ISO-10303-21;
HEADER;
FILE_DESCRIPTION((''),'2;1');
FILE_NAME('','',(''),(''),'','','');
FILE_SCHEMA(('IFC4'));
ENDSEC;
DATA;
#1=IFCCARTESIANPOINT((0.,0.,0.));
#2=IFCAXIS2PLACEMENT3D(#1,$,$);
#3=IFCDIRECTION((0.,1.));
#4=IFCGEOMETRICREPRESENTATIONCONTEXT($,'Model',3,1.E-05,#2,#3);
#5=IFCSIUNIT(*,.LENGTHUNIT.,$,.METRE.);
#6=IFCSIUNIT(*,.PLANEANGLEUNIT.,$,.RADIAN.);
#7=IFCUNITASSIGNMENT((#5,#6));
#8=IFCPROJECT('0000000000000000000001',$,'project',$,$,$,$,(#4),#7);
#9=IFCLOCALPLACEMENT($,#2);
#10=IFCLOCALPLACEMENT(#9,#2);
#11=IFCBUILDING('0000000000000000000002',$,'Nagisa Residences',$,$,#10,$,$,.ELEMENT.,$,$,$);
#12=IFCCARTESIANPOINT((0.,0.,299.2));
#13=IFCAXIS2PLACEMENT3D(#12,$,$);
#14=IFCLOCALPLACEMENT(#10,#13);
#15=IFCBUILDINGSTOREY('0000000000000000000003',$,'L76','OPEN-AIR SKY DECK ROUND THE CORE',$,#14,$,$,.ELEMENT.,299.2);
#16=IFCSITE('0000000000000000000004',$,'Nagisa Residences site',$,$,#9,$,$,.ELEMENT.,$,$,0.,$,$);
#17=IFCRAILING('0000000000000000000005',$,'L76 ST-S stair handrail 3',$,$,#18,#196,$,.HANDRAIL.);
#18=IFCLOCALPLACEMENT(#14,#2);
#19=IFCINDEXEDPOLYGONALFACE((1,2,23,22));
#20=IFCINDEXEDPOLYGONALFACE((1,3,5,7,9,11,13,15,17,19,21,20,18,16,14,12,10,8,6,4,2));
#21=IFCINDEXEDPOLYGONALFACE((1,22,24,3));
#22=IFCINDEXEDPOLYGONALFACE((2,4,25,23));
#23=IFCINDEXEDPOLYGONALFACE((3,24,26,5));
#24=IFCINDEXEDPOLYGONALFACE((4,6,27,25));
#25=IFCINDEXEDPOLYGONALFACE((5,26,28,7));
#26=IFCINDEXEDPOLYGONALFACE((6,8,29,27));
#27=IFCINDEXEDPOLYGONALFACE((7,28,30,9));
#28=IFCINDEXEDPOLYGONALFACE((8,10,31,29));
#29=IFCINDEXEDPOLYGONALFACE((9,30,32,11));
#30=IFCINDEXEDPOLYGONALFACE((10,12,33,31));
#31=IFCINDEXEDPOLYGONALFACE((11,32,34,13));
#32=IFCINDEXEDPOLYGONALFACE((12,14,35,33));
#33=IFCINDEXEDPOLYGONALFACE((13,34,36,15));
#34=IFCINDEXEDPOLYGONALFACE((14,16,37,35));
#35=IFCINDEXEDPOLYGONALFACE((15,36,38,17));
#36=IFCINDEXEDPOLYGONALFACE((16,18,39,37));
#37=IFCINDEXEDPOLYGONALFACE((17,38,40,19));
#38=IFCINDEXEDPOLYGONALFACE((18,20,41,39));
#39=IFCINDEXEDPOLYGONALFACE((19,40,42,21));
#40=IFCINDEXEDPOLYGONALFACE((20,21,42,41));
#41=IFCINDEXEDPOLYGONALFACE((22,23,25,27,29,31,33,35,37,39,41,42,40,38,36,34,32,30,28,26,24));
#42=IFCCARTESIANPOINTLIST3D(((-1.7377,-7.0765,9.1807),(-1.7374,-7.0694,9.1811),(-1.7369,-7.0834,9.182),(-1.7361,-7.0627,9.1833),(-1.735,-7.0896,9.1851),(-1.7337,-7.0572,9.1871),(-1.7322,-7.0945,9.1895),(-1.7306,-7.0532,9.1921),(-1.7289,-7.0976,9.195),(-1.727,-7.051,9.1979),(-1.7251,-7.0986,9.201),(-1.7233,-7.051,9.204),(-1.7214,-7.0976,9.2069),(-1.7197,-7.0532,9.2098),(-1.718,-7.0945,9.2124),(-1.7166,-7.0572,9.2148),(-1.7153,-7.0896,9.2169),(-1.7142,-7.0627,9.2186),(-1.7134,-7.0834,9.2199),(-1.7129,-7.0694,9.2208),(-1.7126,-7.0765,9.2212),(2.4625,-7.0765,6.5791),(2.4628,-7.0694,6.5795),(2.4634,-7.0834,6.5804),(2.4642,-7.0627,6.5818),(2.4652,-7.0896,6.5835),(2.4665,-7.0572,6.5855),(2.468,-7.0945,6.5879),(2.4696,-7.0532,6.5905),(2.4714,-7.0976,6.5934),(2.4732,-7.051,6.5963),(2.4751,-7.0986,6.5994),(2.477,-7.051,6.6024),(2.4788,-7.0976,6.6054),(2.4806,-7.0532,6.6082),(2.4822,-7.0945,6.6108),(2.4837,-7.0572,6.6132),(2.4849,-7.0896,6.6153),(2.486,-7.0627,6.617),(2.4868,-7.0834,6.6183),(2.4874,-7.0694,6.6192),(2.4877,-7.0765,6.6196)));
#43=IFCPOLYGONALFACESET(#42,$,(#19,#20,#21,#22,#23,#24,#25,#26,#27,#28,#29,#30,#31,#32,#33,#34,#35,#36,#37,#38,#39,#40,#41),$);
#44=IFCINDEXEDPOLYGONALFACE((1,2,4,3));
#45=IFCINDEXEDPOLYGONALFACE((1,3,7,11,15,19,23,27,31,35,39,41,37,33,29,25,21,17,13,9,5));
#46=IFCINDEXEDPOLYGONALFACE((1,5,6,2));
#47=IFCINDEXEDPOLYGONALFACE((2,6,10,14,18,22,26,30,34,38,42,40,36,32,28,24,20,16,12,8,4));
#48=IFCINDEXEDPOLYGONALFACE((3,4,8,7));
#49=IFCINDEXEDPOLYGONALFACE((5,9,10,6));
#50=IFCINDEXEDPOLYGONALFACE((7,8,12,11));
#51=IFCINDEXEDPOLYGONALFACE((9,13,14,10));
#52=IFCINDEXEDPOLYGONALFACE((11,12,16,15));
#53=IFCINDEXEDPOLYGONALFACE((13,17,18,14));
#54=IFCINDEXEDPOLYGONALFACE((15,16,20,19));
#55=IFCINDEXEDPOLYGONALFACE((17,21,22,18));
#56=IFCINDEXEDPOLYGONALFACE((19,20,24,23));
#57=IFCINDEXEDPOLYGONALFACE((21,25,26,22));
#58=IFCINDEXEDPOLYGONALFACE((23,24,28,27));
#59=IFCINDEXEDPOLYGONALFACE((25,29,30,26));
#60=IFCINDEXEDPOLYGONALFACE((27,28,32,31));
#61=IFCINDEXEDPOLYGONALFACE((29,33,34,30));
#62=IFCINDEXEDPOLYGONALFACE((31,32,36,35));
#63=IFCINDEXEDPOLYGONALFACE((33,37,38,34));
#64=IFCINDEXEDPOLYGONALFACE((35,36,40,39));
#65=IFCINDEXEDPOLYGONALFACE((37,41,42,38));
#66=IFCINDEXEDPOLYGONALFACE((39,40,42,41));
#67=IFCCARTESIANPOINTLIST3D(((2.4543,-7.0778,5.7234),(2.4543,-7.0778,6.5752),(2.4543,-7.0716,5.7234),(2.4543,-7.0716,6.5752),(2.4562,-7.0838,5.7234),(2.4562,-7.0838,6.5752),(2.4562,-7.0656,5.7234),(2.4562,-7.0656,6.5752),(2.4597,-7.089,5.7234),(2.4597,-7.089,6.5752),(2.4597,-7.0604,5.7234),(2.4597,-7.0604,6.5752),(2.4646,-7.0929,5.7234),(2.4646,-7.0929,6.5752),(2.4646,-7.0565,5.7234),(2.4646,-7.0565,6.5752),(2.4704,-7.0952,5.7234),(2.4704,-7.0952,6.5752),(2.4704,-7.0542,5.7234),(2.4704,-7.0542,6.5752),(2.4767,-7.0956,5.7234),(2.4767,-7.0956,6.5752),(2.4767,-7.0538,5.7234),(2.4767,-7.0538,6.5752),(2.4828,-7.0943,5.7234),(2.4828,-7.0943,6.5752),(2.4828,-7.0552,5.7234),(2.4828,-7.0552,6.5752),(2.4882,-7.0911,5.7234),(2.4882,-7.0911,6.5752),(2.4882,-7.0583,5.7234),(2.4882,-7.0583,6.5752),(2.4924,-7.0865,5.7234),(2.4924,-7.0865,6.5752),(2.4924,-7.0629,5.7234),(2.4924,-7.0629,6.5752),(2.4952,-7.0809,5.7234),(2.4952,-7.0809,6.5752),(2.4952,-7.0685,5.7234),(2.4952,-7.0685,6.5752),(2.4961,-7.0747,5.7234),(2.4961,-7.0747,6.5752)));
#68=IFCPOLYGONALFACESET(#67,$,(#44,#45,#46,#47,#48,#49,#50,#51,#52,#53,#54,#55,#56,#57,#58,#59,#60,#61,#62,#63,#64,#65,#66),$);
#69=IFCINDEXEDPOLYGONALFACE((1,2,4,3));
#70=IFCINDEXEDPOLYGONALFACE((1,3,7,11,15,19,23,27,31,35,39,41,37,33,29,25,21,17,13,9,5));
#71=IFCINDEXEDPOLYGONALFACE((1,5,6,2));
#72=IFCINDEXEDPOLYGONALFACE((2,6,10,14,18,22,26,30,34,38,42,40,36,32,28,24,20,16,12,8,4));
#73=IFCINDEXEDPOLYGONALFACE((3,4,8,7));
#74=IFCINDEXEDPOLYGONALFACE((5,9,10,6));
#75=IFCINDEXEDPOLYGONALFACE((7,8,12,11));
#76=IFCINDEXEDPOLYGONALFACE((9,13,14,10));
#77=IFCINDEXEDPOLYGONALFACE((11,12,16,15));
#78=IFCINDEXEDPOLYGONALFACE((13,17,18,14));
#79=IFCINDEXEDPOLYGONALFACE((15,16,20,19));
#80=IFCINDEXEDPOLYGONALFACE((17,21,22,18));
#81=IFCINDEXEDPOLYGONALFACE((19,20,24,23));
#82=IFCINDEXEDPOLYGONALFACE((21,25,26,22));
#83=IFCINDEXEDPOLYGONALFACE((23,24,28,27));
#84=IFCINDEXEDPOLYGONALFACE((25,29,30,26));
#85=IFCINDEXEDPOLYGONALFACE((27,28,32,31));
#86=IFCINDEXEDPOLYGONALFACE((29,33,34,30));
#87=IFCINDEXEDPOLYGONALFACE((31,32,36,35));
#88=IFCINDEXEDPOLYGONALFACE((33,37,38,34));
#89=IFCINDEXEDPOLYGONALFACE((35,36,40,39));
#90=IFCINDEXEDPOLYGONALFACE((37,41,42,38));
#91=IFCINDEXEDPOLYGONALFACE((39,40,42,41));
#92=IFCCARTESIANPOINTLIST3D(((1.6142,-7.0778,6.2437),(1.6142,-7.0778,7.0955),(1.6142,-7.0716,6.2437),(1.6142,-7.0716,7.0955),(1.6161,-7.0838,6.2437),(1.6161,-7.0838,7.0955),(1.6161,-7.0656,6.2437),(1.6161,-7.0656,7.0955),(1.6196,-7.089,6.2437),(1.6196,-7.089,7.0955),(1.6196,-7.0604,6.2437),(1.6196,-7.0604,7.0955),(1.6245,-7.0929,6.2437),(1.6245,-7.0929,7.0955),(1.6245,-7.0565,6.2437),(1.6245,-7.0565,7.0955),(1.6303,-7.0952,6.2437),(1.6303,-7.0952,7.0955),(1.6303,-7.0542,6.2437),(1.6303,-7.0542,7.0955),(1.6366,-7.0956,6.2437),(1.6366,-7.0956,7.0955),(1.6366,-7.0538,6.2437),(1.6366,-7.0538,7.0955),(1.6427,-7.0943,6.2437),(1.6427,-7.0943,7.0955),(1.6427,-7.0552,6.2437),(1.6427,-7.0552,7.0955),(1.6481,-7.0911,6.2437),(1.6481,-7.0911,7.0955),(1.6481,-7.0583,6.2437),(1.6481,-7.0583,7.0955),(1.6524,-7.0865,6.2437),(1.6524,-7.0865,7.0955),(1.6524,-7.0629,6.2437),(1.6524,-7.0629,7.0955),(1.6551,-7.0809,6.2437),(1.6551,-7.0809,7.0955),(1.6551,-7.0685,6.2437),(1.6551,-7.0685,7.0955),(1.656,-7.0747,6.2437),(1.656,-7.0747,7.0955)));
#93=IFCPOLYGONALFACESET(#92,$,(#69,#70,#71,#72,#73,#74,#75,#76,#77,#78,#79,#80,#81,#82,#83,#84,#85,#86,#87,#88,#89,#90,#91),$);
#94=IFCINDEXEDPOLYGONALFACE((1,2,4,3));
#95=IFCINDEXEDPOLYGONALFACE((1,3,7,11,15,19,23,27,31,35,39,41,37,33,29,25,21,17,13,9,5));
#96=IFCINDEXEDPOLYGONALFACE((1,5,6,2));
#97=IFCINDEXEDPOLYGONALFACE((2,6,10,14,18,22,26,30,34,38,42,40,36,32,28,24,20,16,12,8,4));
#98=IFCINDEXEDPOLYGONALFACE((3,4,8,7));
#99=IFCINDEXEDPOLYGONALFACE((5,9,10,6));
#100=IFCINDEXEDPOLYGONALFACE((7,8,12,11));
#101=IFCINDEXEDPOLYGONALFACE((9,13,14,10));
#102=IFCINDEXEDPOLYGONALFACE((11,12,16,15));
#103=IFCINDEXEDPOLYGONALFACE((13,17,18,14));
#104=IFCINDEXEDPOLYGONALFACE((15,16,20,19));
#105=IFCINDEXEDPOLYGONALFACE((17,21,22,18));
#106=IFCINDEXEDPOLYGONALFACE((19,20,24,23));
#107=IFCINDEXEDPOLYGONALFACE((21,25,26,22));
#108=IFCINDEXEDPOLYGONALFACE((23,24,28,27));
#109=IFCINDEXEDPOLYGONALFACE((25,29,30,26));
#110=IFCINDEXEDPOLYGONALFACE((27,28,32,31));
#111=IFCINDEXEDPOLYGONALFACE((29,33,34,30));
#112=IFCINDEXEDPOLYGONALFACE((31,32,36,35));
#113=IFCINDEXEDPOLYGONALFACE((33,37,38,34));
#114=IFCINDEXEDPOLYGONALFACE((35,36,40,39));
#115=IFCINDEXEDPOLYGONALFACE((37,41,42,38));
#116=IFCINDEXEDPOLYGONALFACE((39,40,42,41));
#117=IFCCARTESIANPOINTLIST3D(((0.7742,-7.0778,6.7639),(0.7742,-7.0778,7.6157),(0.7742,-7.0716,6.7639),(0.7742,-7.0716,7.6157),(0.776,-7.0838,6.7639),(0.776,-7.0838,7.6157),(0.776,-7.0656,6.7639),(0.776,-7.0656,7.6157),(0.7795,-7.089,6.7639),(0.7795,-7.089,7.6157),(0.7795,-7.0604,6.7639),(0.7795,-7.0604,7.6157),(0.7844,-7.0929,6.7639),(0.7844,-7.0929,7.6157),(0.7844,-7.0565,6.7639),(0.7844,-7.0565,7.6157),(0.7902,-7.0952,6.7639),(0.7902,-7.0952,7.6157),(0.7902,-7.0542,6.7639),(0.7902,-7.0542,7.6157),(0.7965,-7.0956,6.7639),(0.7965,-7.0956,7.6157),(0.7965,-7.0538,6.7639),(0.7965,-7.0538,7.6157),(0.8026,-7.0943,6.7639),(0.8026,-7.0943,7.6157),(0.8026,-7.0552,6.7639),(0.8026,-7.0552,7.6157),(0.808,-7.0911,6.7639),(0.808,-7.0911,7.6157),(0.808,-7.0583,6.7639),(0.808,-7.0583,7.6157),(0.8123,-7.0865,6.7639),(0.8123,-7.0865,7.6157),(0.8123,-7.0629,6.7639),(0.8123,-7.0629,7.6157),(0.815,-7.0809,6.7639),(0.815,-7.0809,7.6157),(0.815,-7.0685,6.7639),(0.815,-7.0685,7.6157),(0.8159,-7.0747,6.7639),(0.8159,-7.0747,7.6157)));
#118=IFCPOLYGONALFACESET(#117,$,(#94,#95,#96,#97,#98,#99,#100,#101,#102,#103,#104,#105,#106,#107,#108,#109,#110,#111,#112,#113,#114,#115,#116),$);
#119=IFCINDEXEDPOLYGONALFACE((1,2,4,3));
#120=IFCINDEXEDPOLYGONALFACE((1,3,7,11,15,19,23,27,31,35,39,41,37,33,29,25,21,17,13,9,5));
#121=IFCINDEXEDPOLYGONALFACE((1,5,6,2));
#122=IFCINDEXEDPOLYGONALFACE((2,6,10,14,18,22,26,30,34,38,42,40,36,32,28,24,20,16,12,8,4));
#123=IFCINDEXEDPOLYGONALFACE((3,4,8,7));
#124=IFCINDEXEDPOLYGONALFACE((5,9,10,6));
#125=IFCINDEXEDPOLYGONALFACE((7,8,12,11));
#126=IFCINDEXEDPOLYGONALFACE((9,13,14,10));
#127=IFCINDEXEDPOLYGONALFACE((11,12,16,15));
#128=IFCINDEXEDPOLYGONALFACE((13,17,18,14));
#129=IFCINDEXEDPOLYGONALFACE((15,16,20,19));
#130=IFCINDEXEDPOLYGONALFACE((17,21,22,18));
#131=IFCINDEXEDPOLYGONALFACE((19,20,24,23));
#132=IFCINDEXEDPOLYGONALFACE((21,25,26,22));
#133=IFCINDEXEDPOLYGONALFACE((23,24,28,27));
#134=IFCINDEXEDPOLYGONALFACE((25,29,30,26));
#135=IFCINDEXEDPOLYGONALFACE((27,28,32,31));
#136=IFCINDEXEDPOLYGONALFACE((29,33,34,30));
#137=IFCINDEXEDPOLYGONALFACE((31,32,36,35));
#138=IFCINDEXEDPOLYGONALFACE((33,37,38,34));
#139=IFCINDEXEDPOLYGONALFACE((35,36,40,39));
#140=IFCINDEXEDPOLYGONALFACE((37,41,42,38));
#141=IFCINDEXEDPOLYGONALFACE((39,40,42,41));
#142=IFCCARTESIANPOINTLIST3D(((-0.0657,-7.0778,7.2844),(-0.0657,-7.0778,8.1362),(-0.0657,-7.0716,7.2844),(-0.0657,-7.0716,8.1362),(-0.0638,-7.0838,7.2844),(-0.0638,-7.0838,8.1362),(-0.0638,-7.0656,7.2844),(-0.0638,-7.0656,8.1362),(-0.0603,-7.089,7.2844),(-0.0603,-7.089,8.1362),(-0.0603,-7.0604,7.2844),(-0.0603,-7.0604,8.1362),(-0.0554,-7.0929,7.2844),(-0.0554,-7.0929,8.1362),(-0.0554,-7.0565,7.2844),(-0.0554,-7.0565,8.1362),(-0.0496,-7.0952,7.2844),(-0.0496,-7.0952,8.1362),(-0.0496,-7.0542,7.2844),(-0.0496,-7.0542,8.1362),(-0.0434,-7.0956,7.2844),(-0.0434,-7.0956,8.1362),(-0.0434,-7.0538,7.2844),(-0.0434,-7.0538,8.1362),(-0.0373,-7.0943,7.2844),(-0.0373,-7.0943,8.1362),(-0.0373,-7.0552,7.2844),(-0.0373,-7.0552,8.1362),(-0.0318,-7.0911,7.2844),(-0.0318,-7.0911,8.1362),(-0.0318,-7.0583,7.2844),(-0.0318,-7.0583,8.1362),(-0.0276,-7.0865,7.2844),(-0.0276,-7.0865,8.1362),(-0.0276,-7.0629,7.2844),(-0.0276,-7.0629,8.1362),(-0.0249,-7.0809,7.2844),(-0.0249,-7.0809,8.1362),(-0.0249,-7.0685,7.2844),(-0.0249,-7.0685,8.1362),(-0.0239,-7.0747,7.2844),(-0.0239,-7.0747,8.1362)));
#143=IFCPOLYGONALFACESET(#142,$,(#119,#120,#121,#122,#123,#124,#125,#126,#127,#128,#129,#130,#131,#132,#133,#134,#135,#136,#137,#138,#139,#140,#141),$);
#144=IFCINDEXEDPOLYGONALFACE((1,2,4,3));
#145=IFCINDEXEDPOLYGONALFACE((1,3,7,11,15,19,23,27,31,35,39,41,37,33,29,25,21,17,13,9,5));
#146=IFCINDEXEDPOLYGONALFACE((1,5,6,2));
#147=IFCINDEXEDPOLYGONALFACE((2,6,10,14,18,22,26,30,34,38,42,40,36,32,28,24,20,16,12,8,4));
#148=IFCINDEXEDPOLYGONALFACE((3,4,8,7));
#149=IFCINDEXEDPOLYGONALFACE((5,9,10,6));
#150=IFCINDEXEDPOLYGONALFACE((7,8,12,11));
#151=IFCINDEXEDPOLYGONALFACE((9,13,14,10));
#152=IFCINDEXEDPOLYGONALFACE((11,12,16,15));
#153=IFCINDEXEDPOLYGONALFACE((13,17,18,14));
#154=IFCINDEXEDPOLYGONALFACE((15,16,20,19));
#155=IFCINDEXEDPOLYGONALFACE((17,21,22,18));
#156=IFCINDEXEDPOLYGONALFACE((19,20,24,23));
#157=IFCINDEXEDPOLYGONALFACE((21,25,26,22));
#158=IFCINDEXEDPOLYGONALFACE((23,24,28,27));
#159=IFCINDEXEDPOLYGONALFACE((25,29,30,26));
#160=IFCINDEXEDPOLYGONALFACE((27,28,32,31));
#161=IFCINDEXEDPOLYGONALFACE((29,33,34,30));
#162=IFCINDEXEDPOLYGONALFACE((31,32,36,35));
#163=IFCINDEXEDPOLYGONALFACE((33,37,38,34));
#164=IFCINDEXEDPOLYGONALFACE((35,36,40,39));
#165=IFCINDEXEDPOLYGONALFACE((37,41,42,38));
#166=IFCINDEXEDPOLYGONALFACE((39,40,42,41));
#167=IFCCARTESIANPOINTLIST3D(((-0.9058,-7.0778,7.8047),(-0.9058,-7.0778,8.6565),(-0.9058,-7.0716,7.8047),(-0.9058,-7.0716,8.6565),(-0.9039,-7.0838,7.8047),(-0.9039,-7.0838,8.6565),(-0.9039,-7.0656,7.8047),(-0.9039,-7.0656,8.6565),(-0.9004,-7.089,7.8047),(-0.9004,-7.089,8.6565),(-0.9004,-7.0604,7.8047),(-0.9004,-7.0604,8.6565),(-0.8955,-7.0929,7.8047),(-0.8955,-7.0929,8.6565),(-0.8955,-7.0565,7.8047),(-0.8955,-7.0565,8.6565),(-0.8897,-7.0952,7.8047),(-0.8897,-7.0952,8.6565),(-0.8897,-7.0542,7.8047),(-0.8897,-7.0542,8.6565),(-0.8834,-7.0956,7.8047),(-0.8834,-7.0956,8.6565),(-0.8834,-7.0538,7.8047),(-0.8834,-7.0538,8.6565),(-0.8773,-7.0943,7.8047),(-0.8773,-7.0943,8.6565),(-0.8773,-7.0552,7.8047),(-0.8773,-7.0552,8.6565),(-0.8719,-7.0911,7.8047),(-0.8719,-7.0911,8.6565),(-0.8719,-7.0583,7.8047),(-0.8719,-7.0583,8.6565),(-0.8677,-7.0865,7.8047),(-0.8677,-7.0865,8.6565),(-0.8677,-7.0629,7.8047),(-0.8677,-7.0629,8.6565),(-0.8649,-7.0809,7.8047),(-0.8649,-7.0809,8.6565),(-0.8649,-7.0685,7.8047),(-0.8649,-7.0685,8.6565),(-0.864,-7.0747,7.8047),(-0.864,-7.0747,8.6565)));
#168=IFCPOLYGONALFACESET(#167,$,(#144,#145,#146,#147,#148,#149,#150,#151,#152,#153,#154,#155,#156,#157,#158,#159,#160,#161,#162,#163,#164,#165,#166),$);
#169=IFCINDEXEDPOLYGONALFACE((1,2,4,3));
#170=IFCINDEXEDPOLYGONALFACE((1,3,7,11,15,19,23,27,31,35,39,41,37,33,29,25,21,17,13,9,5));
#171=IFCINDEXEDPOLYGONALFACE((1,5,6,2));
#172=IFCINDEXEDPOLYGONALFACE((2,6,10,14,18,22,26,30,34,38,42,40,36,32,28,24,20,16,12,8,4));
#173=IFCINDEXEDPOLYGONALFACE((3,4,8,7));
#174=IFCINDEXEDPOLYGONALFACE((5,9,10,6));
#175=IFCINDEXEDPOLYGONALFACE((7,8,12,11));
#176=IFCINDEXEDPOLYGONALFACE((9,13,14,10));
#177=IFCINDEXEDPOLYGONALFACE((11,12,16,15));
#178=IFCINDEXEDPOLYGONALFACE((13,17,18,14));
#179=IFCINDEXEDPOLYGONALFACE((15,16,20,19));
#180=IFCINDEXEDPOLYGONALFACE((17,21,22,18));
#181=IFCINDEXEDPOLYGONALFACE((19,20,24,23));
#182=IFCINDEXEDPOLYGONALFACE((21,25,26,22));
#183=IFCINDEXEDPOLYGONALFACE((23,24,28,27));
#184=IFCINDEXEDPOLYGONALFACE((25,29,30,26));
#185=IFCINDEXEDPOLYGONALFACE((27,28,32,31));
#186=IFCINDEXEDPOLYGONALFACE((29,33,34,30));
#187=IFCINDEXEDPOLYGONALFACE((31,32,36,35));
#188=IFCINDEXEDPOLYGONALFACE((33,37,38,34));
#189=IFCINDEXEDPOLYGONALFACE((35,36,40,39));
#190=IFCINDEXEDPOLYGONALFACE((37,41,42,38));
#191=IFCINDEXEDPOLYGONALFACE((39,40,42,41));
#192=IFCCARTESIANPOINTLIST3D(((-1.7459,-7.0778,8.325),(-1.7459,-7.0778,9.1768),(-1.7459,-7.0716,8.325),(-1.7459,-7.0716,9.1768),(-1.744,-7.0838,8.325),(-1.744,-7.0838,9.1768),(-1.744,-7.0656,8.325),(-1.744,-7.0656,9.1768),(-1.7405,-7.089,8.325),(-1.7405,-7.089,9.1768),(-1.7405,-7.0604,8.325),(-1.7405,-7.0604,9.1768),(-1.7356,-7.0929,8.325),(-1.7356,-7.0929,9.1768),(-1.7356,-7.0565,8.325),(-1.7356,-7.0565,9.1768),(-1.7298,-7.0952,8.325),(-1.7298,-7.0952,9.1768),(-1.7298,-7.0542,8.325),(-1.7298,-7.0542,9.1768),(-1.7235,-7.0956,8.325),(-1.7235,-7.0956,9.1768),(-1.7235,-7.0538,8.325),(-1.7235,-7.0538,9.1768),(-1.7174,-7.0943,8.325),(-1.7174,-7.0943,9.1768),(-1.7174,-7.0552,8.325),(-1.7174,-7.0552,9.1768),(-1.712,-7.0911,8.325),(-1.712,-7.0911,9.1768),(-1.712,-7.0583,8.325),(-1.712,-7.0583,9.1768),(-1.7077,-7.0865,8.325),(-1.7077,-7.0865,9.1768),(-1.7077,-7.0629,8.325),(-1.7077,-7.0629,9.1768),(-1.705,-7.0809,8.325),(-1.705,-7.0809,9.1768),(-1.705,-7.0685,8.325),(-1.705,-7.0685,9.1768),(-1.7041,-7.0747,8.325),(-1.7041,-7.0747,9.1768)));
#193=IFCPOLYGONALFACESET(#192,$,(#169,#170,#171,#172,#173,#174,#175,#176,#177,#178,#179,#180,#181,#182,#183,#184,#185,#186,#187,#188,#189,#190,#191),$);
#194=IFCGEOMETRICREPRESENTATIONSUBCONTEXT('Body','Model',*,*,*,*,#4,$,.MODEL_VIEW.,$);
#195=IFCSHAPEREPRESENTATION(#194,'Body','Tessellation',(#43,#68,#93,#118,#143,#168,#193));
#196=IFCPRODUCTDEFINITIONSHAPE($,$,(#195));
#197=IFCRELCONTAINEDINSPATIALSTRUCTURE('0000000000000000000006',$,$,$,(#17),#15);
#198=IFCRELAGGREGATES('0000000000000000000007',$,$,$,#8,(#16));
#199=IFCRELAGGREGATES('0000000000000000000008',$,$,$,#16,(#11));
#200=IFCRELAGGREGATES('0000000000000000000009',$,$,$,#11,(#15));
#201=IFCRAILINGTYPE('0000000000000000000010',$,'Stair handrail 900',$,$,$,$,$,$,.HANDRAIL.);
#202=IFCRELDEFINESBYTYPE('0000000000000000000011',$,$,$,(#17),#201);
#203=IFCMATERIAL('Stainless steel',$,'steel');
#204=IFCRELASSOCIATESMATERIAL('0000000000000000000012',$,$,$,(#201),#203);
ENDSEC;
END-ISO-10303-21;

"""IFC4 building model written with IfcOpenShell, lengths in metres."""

from ifc_helpers import new_model, si_unit, direction, frame, origin, origin_2d, place, context, subcontext, project, spatial, circle, extrude, material, type_object, element, save


model = new_model("IFC4")

# Units and contexts
model_context = context("Model", 3, precision=1e-05, world=origin(), true_north=direction((0.0, 1.0)))
body_context = subcontext(model_context, "Body", "Model", "MODEL_VIEW")
ifc_project = project(units=[si_unit("LENGTHUNIT", "METRE"), si_unit("PLANEANGLEUNIT", "RADIAN")], contexts=[model_context])

# Site, building, storey
site_placement = place(None, origin())
site = spatial("IfcSite", under=ifc_project, at=site_placement, Name="Nagisa Residences site", CompositionType="ELEMENT", RefElevation=0.0)
building_placement = place(site_placement, origin())
building = spatial("IfcBuilding", under=site, at=building_placement, Name="Nagisa Residences", CompositionType="ELEMENT")
storey_placement = place(building_placement, frame((0.0, 0.0, 299.2)))
storey = spatial("IfcBuildingStorey", under=building, at=storey_placement, Name="L76", Description="OPEN-AIR SKY DECK ROUND THE CORE", CompositionType="ELEMENT", Elevation=299.2)

# Railing
ifc_material_1 = material(Name="Stainless steel", Category="steel")
railing_type_1 = type_object("IfcRailingType", Name="Stair handrail 900", PredefinedType="HANDRAIL", material=ifc_material_1)
for number, where, name in (
    (1, (2.4751, -7.0747, 5.7234), "L76 ST-S stair handrail 3"),
):
    element("IfcRailing", number, at=place(storey_placement, frame(where)), inside=storey, type_object=railing_type_1, Name=name, PredefinedType="HANDRAIL", context=body_context, shape_type="SweptSolid", body=[
        extrude(circle(Radius=0.0239, at=origin_2d()), frame((0.0, 0.0, 0.876), z_axis=(-0.850135, 0.0, 0.526566), x_axis=(0.0, -1.0, 0.0)), (0.0, 0.0, 1.0), 4.9407),
        extrude(circle(Radius=0.021, at=origin_2d()), origin(), (0.0, 0.0, 1.0), 0.8518),
        extrude(circle(Radius=0.021, at=origin_2d()), frame((-0.8401, 0.0, 0.5203)), (0.0, 0.0, 1.0), 0.8518),
        extrude(circle(Radius=0.021, at=origin_2d()), frame((-1.6802, 0.0, 1.0405)), (0.0, 0.0, 1.0), 0.8518),
        extrude(circle(Radius=0.021, at=origin_2d()), frame((-2.52, 0.0, 1.561)), (0.0, 0.0, 1.0), 0.8518),
        extrude(circle(Radius=0.021, at=origin_2d()), frame((-3.3601, 0.0, 2.0813)), (0.0, 0.0, 1.0), 0.8518),
        extrude(circle(Radius=0.021, at=origin_2d()), frame((-4.2002, 0.0, 2.6016)), (0.0, 0.0, 1.0), 0.8518),
    ])

save(model, "model.ifc")
